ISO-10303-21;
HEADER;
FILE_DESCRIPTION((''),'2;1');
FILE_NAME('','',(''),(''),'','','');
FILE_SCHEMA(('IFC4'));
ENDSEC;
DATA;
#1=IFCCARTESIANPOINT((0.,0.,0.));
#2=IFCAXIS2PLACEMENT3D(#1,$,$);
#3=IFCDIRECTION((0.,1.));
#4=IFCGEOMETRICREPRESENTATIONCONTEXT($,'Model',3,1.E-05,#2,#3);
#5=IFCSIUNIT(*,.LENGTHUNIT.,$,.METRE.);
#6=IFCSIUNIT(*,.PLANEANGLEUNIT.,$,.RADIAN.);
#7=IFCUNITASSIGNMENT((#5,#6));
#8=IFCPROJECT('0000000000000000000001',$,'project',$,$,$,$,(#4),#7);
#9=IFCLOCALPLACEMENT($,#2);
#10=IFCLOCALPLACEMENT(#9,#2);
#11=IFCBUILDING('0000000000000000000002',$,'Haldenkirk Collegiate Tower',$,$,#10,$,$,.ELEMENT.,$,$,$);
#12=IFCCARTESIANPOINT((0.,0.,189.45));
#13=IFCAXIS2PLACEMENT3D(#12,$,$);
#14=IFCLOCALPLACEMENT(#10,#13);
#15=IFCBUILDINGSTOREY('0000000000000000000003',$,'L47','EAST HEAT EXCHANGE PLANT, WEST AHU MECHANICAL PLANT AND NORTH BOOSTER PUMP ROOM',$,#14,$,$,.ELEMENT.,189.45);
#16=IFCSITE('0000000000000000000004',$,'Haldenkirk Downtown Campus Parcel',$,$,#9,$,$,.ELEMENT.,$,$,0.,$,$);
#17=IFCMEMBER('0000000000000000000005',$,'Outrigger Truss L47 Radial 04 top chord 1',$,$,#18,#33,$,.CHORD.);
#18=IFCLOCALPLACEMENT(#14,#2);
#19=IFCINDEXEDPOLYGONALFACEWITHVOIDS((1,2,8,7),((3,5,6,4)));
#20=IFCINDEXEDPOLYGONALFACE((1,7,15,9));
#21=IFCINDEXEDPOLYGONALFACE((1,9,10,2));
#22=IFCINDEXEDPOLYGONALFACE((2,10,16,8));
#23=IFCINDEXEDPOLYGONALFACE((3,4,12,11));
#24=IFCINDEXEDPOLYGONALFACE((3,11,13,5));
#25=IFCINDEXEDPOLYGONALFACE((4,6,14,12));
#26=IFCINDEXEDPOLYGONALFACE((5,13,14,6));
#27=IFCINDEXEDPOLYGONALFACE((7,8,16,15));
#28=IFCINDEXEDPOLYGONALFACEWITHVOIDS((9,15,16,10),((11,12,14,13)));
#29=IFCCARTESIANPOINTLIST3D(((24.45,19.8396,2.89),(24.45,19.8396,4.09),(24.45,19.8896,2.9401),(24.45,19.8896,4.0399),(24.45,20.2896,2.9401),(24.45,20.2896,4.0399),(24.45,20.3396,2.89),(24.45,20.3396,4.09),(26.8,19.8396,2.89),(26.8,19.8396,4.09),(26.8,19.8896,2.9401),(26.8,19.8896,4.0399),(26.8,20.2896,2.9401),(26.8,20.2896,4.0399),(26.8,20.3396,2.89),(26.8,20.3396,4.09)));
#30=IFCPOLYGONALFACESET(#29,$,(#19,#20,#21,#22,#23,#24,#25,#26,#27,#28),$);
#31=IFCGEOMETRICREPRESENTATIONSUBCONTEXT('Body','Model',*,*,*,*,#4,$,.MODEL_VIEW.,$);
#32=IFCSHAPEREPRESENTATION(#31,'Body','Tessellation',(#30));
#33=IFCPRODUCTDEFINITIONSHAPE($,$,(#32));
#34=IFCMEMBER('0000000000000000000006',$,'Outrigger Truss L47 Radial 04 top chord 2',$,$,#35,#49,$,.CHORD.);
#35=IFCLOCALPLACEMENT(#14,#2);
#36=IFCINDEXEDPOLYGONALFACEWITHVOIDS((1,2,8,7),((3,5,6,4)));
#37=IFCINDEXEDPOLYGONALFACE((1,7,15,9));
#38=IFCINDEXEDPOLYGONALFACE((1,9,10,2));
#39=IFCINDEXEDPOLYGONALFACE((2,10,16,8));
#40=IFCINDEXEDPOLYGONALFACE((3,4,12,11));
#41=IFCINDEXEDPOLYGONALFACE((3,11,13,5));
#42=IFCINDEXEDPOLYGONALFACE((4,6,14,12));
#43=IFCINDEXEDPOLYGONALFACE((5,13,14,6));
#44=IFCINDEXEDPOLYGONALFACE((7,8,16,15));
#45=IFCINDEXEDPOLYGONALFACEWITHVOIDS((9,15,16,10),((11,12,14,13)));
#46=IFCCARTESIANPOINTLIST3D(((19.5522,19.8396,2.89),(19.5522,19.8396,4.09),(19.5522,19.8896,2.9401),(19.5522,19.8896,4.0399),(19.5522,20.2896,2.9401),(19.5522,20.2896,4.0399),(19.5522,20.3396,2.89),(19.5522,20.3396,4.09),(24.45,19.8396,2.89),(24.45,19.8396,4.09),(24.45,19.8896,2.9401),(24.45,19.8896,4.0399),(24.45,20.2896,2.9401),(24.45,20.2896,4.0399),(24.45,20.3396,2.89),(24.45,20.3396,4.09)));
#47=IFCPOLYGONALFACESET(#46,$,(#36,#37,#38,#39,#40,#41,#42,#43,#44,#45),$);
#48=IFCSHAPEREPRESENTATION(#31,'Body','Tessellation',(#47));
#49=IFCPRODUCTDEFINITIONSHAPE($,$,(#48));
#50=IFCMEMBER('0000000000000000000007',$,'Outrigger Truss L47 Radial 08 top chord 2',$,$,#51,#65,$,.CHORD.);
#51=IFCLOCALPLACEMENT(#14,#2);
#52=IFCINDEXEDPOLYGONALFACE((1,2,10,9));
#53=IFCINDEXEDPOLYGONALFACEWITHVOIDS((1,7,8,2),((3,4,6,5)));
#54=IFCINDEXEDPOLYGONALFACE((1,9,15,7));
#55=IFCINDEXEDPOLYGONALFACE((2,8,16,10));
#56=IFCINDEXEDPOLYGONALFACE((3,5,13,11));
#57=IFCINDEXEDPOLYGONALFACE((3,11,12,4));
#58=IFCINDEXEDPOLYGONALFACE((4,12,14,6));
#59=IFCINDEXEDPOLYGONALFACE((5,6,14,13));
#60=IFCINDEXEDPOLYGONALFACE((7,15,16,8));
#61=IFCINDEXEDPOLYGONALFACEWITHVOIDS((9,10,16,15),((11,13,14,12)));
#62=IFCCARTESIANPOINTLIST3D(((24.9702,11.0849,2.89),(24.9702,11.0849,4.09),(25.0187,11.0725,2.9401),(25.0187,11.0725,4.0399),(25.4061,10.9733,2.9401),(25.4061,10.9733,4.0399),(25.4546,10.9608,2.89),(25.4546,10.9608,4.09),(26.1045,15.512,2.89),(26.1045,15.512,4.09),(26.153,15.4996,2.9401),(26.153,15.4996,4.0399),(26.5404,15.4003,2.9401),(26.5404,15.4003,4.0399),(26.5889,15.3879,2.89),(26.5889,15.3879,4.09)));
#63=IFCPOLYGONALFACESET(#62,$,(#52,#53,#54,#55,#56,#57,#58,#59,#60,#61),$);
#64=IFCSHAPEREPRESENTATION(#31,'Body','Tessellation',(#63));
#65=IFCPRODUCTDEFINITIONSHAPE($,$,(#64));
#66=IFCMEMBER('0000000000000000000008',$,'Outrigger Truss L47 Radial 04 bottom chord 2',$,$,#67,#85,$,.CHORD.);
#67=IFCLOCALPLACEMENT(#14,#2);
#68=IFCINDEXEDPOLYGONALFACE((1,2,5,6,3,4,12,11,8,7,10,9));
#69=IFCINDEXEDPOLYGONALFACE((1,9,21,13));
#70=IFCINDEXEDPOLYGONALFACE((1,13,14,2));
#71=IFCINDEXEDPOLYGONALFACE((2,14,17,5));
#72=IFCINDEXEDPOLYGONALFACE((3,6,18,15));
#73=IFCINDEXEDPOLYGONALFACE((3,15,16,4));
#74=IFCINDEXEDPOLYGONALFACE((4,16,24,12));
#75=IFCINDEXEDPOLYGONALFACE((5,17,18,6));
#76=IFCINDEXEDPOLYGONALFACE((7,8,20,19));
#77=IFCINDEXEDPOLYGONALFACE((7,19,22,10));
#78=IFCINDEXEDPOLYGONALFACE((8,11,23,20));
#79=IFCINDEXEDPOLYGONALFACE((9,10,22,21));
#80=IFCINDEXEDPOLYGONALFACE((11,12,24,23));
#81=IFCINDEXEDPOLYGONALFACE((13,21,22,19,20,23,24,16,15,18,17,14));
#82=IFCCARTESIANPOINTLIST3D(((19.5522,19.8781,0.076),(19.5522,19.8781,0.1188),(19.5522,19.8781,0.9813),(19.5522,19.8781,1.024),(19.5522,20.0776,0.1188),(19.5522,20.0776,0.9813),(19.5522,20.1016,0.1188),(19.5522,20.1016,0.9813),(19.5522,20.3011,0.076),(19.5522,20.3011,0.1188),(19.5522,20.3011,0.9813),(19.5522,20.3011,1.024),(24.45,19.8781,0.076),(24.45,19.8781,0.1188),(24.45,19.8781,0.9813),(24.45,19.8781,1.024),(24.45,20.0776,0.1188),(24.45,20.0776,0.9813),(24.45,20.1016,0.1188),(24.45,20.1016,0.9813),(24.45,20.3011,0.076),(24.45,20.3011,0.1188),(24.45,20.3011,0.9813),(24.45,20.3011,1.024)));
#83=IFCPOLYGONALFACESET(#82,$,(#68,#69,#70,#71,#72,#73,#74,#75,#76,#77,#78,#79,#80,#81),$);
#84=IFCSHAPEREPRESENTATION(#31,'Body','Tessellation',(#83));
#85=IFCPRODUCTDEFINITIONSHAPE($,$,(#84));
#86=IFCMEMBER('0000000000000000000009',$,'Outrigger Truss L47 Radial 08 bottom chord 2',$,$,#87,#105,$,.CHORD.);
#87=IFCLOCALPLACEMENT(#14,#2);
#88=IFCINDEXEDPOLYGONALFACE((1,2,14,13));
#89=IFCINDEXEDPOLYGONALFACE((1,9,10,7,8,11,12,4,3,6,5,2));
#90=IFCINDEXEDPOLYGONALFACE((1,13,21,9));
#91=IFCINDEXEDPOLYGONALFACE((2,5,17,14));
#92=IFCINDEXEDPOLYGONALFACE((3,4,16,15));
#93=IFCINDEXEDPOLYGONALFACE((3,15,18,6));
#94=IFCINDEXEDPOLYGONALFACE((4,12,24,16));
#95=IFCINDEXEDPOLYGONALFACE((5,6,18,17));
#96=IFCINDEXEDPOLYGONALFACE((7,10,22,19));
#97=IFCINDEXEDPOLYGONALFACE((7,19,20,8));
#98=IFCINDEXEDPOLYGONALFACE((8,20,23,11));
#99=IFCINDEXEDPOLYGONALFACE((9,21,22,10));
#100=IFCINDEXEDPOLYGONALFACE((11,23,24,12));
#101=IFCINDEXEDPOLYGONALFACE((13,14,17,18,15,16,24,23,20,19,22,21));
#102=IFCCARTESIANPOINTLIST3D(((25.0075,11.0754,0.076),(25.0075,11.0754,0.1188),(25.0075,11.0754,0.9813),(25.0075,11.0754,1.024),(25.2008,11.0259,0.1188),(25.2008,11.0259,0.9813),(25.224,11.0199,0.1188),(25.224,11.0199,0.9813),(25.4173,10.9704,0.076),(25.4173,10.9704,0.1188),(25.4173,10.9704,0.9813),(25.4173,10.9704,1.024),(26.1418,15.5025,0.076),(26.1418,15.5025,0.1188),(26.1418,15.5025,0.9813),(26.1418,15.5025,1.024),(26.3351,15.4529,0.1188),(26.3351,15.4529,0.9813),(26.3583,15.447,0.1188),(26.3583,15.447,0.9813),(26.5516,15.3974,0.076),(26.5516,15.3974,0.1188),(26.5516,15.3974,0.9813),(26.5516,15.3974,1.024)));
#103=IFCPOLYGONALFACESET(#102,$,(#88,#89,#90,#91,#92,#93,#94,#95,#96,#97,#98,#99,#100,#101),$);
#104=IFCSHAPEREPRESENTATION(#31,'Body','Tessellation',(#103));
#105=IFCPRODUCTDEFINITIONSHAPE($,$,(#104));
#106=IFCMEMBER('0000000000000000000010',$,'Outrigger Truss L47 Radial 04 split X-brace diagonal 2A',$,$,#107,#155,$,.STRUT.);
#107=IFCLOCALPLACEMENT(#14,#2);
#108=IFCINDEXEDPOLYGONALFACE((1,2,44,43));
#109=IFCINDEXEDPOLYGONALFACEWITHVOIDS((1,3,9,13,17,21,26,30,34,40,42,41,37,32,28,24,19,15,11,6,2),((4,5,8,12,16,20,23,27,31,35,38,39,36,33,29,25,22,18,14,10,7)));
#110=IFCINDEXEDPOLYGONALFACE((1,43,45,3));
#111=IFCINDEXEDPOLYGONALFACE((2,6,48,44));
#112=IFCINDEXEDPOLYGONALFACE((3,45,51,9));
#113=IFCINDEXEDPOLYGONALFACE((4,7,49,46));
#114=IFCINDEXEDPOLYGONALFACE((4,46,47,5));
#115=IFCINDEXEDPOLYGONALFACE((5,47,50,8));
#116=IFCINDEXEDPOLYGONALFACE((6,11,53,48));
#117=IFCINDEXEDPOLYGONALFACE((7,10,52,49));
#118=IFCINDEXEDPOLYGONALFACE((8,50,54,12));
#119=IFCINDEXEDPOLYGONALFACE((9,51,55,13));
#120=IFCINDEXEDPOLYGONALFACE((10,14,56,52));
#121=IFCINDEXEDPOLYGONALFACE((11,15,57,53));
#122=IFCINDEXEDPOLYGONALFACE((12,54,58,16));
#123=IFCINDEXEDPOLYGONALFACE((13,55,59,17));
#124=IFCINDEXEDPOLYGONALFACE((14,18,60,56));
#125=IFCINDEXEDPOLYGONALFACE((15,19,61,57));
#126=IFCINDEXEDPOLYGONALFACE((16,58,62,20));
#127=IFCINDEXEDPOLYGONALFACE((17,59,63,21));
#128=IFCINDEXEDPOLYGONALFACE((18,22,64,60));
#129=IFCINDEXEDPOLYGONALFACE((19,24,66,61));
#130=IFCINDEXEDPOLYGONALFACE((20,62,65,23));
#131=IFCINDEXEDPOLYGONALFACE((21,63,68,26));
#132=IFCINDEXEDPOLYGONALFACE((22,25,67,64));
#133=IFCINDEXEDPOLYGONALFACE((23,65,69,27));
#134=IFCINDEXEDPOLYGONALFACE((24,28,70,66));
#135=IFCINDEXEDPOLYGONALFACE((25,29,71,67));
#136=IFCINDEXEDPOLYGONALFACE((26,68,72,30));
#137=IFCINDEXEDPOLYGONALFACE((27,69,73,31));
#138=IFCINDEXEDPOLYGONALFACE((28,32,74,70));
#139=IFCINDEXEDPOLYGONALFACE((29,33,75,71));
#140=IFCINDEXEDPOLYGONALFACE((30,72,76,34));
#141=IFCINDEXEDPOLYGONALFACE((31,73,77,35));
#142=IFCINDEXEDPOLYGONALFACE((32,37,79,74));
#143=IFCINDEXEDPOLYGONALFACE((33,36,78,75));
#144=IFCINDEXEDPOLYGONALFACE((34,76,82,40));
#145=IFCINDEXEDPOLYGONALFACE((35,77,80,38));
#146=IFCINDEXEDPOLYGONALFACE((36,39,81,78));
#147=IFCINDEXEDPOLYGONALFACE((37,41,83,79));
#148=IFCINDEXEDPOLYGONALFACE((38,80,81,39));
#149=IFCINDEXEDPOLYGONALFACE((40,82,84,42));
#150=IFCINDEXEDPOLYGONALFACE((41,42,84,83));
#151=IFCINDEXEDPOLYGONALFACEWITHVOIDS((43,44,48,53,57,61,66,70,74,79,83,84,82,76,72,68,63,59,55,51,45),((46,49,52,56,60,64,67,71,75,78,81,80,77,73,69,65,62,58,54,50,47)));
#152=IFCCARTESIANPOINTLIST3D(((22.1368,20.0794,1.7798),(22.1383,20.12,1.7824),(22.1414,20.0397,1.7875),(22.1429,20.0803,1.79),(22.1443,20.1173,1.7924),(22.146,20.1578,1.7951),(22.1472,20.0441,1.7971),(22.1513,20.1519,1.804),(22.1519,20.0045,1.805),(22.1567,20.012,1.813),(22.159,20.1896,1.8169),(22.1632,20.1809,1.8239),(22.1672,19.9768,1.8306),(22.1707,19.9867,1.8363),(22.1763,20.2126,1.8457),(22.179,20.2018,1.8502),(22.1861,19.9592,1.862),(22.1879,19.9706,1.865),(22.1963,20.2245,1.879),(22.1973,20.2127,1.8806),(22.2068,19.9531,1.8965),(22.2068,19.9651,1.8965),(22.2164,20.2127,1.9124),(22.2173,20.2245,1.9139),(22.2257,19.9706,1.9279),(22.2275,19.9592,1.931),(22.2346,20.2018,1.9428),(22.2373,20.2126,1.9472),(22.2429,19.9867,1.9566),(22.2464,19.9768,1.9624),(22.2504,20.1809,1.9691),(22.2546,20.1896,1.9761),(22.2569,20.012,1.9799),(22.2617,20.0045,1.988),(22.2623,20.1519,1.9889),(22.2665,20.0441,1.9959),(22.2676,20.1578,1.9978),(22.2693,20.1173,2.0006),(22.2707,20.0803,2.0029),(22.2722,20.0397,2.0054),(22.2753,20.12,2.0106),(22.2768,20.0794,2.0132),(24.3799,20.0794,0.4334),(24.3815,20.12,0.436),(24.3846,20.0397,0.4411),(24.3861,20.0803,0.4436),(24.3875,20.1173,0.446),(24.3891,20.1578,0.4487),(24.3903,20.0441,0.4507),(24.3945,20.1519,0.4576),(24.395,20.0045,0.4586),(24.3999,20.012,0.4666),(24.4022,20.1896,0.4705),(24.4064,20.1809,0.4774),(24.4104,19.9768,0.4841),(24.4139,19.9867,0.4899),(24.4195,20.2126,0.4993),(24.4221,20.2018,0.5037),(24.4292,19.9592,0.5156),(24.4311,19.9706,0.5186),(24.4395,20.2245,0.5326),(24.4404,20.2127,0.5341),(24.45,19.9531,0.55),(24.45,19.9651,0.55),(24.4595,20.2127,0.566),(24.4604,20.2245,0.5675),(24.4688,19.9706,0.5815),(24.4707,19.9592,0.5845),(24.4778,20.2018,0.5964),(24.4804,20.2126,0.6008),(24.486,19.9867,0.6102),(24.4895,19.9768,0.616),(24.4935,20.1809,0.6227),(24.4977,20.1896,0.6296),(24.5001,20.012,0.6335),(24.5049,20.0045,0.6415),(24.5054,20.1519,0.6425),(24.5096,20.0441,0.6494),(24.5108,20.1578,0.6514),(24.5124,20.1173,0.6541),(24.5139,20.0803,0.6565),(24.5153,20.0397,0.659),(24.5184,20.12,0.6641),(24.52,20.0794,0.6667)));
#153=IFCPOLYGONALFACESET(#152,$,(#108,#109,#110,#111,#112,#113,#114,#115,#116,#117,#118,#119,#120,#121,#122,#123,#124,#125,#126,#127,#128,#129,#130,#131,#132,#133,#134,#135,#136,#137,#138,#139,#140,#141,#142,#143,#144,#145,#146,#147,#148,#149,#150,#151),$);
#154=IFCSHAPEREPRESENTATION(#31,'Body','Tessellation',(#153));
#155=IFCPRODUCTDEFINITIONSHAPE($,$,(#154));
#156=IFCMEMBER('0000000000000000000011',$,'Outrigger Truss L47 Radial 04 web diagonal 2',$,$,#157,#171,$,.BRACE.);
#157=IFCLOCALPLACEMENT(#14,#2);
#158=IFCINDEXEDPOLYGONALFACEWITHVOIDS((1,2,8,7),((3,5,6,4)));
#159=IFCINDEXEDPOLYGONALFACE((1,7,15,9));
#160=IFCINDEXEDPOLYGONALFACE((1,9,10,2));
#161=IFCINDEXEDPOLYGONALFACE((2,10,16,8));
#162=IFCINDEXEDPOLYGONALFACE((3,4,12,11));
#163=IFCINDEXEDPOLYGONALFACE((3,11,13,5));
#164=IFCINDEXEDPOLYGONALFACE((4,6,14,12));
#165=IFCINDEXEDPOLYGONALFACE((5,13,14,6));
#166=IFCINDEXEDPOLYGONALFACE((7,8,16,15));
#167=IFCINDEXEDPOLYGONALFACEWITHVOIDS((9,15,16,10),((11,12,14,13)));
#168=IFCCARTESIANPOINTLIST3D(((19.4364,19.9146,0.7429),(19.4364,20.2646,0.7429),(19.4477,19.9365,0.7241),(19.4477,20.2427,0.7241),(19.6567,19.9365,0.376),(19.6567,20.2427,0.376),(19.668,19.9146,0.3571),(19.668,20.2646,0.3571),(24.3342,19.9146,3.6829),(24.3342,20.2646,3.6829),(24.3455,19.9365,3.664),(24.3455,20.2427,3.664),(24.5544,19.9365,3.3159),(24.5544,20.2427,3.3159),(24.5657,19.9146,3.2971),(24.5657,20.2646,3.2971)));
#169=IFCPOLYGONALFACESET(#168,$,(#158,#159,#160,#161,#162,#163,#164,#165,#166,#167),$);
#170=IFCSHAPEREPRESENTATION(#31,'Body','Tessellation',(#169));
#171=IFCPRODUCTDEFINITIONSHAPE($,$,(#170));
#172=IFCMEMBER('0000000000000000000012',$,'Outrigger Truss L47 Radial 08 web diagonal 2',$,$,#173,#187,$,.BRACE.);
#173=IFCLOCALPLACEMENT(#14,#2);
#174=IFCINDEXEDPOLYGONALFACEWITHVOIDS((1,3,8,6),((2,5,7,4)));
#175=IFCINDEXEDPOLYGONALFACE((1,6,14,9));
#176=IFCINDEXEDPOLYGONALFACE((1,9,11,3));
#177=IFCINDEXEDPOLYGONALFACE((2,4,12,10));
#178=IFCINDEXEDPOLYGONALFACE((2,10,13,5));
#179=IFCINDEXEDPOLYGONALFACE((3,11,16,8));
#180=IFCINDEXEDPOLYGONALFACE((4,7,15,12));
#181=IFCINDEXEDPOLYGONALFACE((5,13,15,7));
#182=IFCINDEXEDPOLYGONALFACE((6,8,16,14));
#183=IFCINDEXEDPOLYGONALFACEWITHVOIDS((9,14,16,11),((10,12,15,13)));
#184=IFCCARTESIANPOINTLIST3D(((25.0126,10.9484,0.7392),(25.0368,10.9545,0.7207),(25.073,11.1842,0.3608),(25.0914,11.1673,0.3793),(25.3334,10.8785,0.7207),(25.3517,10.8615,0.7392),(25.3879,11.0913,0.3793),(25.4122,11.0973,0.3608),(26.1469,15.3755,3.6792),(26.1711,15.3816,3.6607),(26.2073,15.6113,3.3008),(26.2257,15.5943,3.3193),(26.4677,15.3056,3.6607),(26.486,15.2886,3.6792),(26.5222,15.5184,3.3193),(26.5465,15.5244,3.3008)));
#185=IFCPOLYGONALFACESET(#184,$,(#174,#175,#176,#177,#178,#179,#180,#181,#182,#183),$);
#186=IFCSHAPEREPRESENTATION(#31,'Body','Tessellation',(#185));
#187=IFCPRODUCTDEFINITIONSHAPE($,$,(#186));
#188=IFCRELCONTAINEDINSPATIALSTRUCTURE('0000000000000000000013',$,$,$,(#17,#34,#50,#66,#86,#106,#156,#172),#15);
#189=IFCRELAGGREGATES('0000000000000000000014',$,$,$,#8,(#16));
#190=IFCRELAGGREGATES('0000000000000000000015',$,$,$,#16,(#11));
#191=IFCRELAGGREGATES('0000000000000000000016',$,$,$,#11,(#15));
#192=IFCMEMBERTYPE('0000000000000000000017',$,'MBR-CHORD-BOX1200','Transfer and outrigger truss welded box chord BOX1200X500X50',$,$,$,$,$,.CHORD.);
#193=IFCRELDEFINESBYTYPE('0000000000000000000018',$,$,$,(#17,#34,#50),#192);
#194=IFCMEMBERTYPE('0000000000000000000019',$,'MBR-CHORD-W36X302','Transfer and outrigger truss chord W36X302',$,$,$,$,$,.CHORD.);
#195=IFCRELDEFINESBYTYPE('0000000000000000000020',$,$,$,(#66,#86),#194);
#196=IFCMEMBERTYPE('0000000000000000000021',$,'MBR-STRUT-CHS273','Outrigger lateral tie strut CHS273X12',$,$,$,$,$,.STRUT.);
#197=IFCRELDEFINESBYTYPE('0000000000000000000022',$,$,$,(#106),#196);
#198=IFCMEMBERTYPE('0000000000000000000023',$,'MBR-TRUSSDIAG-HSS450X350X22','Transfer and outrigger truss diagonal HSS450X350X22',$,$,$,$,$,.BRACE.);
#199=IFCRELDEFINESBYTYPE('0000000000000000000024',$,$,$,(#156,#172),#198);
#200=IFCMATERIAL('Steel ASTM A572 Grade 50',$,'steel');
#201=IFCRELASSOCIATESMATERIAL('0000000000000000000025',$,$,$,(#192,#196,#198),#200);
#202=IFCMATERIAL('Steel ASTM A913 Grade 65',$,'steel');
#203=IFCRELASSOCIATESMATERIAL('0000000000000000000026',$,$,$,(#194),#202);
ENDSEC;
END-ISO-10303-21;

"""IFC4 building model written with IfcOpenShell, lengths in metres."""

from ifc_helpers import new_model, si_unit, direction, frame, origin, origin_2d, place, context, subcontext, project, spatial, hollow_rectangle, hollow_circle, i_section, extrude, material, material_profile, profile_set, type_object, element, save


model = new_model("IFC4")

# Units and contexts
model_context = context("Model", 3, precision=1e-05, world=origin(), true_north=direction((0.0, 1.0)))
body_context = subcontext(model_context, "Body", "Model", "MODEL_VIEW")
ifc_project = project(units=[si_unit("LENGTHUNIT", "METRE"), si_unit("PLANEANGLEUNIT", "RADIAN")], contexts=[model_context])

# Site, building, storey
site_placement = place(None, origin())
site = spatial("IfcSite", under=ifc_project, at=site_placement, Name="Haldenkirk Downtown Campus Parcel", CompositionType="ELEMENT", RefElevation=0.0)
building_placement = place(site_placement, origin())
building = spatial("IfcBuilding", under=site, at=building_placement, Name="Haldenkirk Collegiate Tower", CompositionType="ELEMENT")
storey_placement = place(building_placement, frame((0.0, 0.0, 189.45)))
storey = spatial("IfcBuildingStorey", under=building, at=storey_placement, Name="L47", Description="EAST HEAT EXCHANGE PLANT, WEST AHU MECHANICAL PLANT AND NORTH BOOSTER PUMP ROOM", CompositionType="ELEMENT", Elevation=189.45)

# Members
ifc_material_1 = material(Name="Steel ASTM A572 Grade 50", Category="steel")
ifc_material_profile_1 = material_profile(ifc_material_1, hollow_rectangle(XDim=0.5, YDim=1.2, WallThickness=0.05, at=origin_2d()), Name="BOX1200X500X50")
ifc_profile_set_1 = profile_set([ifc_material_profile_1], Name="Steel ASTM A572 Grade 50")
member_type_1 = type_object("IfcMemberType", Name="MBR-CHORD-BOX1200", Description="Transfer and outrigger truss welded box chord BOX1200X500X50", PredefinedType="CHORD", material=ifc_profile_set_1)
member_1_placement = place(storey_placement, frame((26.8, 20.0896, 3.49), z_axis=(-1.0, 0.0, 0.0), x_axis=(0.0, -1.0, 0.0)))
element("IfcMember", 1, at=member_1_placement, inside=storey, type_object=member_type_1, Name="Outrigger Truss L47 Radial 04 top chord 1", PredefinedType="CHORD", context=body_context, shape_type="SweptSolid", body=[
    extrude(hollow_rectangle(XDim=0.5, YDim=1.2, WallThickness=0.05, at=origin_2d()), origin(), (0.0, 0.0, 1.0), 2.3501),
])
member_2_placement = place(storey_placement, frame((24.45, 20.0896, 3.49), z_axis=(-1.0, 0.0, 0.0), x_axis=(0.0, -1.0, 0.0)))
element("IfcMember", 2, at=member_2_placement, inside=storey, type_object=member_type_1, Name="Outrigger Truss L47 Radial 04 top chord 2", PredefinedType="CHORD", context=body_context, shape_type="SweptSolid", body=[
    extrude(hollow_rectangle(XDim=0.5, YDim=1.2, WallThickness=0.05, at=origin_2d()), origin(), (0.0, 0.0, 1.0), 4.8977),
])
member_3_placement = place(storey_placement, frame((26.3467, 15.45, 3.49), z_axis=(-0.248201, -0.968709, 0.0), x_axis=(0.968709, -0.248201, 0.0)))
element("IfcMember", 3, at=member_3_placement, inside=storey, type_object=member_type_1, Name="Outrigger Truss L47 Radial 08 top chord 2", PredefinedType="CHORD", context=body_context, shape_type="SweptSolid", body=[
    extrude(hollow_rectangle(XDim=0.5, YDim=1.2, WallThickness=0.05, at=origin_2d()), origin(), (0.0, 0.0, 1.0), 4.5701),
])
ifc_material_2 = material(Name="Steel ASTM A913 Grade 65", Category="steel")
ifc_material_profile_2 = material_profile(ifc_material_2, i_section(OverallWidth=0.4231, OverallDepth=0.948, WebThickness=0.0239, FlangeThickness=0.0427, at=origin_2d()), Name="W36X302")
ifc_profile_set_2 = profile_set([ifc_material_profile_2], Name="Steel ASTM A913 Grade 65")
member_type_2 = type_object("IfcMemberType", Name="MBR-CHORD-W36X302", Description="Transfer and outrigger truss chord W36X302", PredefinedType="CHORD", material=ifc_profile_set_2)
member_4_placement = place(storey_placement, frame((24.45, 20.0896, 0.55), z_axis=(-1.0, 0.0, 0.0), x_axis=(0.0, -1.0, 0.0)))
element("IfcMember", 4, at=member_4_placement, inside=storey, type_object=member_type_2, Name="Outrigger Truss L47 Radial 04 bottom chord 2", PredefinedType="CHORD", context=body_context, shape_type="SweptSolid", body=[
    extrude(i_section(OverallWidth=0.4231, OverallDepth=0.948, WebThickness=0.0239, FlangeThickness=0.0427, at=origin_2d()), origin(), (0.0, 0.0, 1.0), 4.8977),
])
member_5_placement = place(storey_placement, frame((26.3467, 15.45, 0.55), z_axis=(-0.248201, -0.968709, 0.0), x_axis=(0.968709, -0.248201, 0.0)))
element("IfcMember", 5, at=member_5_placement, inside=storey, type_object=member_type_2, Name="Outrigger Truss L47 Radial 08 bottom chord 2", PredefinedType="CHORD", context=body_context, shape_type="SweptSolid", body=[
    extrude(i_section(OverallWidth=0.4231, OverallDepth=0.948, WebThickness=0.0239, FlangeThickness=0.0427, at=origin_2d()), origin(), (0.0, 0.0, 1.0), 4.5701),
])
ifc_material_profile_3 = material_profile(ifc_material_1, hollow_circle(Radius=0.1365, WallThickness=0.012, at=origin_2d()), Name="CHS273X12")
ifc_profile_set_3 = profile_set([ifc_material_profile_3], Name="Steel ASTM A572 Grade 50")
member_type_3 = type_object("IfcMemberType", Name="MBR-STRUT-CHS273", Description="Outrigger lateral tie strut CHS273X12", PredefinedType="STRUT", material=ifc_profile_set_3)
member_6_placement = place(storey_placement, frame((24.45, 20.0896, 0.55), z_axis=(-0.857402, 0.0, 0.514647), x_axis=(0.0, -1.0, 0.0)))
element("IfcMember", 6, at=member_6_placement, inside=storey, type_object=member_type_3, Name="Outrigger Truss L47 Radial 04 split X-brace diagonal 2A", PredefinedType="STRUT", context=body_context, shape_type="SweptSolid", body=[
    extrude(hollow_circle(Radius=0.1365, WallThickness=0.012, at=origin_2d()), origin(), (0.0, 0.0, 1.0), 2.6162),
])
ifc_material_profile_4 = material_profile(ifc_material_1, hollow_rectangle(XDim=0.3501, YDim=0.45, WallThickness=0.022, at=origin_2d()), Name="HSS450X350X22")
ifc_profile_set_4 = profile_set([ifc_material_profile_4], Name="Steel ASTM A572 Grade 50")
member_type_4 = type_object("IfcMemberType", Name="MBR-TRUSSDIAG-HSS450X350X22", Description="Transfer and outrigger truss diagonal HSS450X350X22", PredefinedType="BRACE", material=ifc_profile_set_4)
member_7_placement = place(storey_placement, frame((24.45, 20.0896, 3.49), z_axis=(-0.857391, 0.0, -0.514665), x_axis=(0.0, -1.0, 0.0)))
element("IfcMember", 7, at=member_7_placement, inside=storey, type_object=member_type_4, Name="Outrigger Truss L47 Radial 04 web diagonal 2", PredefinedType="BRACE", context=body_context, shape_type="SweptSolid", body=[
    extrude(hollow_rectangle(XDim=0.3501, YDim=0.45, WallThickness=0.022, at=origin_2d()), origin(), (0.0, 0.0, 1.0), 5.7124),
])
member_8_placement = place(storey_placement, frame((26.3467, 15.45, 3.49), z_axis=(-0.208738, -0.814688, -0.541029), x_axis=(0.968709, -0.248201, 0.0)))
element("IfcMember", 8, at=member_8_placement, inside=storey, type_object=member_type_4, Name="Outrigger Truss L47 Radial 08 web diagonal 2", PredefinedType="BRACE", context=body_context, shape_type="SweptSolid", body=[
    extrude(hollow_rectangle(XDim=0.3501, YDim=0.45, WallThickness=0.022, at=origin_2d()), origin(), (0.0, 0.0, 1.0), 5.4341),
])

save(model, "model.ifc")
